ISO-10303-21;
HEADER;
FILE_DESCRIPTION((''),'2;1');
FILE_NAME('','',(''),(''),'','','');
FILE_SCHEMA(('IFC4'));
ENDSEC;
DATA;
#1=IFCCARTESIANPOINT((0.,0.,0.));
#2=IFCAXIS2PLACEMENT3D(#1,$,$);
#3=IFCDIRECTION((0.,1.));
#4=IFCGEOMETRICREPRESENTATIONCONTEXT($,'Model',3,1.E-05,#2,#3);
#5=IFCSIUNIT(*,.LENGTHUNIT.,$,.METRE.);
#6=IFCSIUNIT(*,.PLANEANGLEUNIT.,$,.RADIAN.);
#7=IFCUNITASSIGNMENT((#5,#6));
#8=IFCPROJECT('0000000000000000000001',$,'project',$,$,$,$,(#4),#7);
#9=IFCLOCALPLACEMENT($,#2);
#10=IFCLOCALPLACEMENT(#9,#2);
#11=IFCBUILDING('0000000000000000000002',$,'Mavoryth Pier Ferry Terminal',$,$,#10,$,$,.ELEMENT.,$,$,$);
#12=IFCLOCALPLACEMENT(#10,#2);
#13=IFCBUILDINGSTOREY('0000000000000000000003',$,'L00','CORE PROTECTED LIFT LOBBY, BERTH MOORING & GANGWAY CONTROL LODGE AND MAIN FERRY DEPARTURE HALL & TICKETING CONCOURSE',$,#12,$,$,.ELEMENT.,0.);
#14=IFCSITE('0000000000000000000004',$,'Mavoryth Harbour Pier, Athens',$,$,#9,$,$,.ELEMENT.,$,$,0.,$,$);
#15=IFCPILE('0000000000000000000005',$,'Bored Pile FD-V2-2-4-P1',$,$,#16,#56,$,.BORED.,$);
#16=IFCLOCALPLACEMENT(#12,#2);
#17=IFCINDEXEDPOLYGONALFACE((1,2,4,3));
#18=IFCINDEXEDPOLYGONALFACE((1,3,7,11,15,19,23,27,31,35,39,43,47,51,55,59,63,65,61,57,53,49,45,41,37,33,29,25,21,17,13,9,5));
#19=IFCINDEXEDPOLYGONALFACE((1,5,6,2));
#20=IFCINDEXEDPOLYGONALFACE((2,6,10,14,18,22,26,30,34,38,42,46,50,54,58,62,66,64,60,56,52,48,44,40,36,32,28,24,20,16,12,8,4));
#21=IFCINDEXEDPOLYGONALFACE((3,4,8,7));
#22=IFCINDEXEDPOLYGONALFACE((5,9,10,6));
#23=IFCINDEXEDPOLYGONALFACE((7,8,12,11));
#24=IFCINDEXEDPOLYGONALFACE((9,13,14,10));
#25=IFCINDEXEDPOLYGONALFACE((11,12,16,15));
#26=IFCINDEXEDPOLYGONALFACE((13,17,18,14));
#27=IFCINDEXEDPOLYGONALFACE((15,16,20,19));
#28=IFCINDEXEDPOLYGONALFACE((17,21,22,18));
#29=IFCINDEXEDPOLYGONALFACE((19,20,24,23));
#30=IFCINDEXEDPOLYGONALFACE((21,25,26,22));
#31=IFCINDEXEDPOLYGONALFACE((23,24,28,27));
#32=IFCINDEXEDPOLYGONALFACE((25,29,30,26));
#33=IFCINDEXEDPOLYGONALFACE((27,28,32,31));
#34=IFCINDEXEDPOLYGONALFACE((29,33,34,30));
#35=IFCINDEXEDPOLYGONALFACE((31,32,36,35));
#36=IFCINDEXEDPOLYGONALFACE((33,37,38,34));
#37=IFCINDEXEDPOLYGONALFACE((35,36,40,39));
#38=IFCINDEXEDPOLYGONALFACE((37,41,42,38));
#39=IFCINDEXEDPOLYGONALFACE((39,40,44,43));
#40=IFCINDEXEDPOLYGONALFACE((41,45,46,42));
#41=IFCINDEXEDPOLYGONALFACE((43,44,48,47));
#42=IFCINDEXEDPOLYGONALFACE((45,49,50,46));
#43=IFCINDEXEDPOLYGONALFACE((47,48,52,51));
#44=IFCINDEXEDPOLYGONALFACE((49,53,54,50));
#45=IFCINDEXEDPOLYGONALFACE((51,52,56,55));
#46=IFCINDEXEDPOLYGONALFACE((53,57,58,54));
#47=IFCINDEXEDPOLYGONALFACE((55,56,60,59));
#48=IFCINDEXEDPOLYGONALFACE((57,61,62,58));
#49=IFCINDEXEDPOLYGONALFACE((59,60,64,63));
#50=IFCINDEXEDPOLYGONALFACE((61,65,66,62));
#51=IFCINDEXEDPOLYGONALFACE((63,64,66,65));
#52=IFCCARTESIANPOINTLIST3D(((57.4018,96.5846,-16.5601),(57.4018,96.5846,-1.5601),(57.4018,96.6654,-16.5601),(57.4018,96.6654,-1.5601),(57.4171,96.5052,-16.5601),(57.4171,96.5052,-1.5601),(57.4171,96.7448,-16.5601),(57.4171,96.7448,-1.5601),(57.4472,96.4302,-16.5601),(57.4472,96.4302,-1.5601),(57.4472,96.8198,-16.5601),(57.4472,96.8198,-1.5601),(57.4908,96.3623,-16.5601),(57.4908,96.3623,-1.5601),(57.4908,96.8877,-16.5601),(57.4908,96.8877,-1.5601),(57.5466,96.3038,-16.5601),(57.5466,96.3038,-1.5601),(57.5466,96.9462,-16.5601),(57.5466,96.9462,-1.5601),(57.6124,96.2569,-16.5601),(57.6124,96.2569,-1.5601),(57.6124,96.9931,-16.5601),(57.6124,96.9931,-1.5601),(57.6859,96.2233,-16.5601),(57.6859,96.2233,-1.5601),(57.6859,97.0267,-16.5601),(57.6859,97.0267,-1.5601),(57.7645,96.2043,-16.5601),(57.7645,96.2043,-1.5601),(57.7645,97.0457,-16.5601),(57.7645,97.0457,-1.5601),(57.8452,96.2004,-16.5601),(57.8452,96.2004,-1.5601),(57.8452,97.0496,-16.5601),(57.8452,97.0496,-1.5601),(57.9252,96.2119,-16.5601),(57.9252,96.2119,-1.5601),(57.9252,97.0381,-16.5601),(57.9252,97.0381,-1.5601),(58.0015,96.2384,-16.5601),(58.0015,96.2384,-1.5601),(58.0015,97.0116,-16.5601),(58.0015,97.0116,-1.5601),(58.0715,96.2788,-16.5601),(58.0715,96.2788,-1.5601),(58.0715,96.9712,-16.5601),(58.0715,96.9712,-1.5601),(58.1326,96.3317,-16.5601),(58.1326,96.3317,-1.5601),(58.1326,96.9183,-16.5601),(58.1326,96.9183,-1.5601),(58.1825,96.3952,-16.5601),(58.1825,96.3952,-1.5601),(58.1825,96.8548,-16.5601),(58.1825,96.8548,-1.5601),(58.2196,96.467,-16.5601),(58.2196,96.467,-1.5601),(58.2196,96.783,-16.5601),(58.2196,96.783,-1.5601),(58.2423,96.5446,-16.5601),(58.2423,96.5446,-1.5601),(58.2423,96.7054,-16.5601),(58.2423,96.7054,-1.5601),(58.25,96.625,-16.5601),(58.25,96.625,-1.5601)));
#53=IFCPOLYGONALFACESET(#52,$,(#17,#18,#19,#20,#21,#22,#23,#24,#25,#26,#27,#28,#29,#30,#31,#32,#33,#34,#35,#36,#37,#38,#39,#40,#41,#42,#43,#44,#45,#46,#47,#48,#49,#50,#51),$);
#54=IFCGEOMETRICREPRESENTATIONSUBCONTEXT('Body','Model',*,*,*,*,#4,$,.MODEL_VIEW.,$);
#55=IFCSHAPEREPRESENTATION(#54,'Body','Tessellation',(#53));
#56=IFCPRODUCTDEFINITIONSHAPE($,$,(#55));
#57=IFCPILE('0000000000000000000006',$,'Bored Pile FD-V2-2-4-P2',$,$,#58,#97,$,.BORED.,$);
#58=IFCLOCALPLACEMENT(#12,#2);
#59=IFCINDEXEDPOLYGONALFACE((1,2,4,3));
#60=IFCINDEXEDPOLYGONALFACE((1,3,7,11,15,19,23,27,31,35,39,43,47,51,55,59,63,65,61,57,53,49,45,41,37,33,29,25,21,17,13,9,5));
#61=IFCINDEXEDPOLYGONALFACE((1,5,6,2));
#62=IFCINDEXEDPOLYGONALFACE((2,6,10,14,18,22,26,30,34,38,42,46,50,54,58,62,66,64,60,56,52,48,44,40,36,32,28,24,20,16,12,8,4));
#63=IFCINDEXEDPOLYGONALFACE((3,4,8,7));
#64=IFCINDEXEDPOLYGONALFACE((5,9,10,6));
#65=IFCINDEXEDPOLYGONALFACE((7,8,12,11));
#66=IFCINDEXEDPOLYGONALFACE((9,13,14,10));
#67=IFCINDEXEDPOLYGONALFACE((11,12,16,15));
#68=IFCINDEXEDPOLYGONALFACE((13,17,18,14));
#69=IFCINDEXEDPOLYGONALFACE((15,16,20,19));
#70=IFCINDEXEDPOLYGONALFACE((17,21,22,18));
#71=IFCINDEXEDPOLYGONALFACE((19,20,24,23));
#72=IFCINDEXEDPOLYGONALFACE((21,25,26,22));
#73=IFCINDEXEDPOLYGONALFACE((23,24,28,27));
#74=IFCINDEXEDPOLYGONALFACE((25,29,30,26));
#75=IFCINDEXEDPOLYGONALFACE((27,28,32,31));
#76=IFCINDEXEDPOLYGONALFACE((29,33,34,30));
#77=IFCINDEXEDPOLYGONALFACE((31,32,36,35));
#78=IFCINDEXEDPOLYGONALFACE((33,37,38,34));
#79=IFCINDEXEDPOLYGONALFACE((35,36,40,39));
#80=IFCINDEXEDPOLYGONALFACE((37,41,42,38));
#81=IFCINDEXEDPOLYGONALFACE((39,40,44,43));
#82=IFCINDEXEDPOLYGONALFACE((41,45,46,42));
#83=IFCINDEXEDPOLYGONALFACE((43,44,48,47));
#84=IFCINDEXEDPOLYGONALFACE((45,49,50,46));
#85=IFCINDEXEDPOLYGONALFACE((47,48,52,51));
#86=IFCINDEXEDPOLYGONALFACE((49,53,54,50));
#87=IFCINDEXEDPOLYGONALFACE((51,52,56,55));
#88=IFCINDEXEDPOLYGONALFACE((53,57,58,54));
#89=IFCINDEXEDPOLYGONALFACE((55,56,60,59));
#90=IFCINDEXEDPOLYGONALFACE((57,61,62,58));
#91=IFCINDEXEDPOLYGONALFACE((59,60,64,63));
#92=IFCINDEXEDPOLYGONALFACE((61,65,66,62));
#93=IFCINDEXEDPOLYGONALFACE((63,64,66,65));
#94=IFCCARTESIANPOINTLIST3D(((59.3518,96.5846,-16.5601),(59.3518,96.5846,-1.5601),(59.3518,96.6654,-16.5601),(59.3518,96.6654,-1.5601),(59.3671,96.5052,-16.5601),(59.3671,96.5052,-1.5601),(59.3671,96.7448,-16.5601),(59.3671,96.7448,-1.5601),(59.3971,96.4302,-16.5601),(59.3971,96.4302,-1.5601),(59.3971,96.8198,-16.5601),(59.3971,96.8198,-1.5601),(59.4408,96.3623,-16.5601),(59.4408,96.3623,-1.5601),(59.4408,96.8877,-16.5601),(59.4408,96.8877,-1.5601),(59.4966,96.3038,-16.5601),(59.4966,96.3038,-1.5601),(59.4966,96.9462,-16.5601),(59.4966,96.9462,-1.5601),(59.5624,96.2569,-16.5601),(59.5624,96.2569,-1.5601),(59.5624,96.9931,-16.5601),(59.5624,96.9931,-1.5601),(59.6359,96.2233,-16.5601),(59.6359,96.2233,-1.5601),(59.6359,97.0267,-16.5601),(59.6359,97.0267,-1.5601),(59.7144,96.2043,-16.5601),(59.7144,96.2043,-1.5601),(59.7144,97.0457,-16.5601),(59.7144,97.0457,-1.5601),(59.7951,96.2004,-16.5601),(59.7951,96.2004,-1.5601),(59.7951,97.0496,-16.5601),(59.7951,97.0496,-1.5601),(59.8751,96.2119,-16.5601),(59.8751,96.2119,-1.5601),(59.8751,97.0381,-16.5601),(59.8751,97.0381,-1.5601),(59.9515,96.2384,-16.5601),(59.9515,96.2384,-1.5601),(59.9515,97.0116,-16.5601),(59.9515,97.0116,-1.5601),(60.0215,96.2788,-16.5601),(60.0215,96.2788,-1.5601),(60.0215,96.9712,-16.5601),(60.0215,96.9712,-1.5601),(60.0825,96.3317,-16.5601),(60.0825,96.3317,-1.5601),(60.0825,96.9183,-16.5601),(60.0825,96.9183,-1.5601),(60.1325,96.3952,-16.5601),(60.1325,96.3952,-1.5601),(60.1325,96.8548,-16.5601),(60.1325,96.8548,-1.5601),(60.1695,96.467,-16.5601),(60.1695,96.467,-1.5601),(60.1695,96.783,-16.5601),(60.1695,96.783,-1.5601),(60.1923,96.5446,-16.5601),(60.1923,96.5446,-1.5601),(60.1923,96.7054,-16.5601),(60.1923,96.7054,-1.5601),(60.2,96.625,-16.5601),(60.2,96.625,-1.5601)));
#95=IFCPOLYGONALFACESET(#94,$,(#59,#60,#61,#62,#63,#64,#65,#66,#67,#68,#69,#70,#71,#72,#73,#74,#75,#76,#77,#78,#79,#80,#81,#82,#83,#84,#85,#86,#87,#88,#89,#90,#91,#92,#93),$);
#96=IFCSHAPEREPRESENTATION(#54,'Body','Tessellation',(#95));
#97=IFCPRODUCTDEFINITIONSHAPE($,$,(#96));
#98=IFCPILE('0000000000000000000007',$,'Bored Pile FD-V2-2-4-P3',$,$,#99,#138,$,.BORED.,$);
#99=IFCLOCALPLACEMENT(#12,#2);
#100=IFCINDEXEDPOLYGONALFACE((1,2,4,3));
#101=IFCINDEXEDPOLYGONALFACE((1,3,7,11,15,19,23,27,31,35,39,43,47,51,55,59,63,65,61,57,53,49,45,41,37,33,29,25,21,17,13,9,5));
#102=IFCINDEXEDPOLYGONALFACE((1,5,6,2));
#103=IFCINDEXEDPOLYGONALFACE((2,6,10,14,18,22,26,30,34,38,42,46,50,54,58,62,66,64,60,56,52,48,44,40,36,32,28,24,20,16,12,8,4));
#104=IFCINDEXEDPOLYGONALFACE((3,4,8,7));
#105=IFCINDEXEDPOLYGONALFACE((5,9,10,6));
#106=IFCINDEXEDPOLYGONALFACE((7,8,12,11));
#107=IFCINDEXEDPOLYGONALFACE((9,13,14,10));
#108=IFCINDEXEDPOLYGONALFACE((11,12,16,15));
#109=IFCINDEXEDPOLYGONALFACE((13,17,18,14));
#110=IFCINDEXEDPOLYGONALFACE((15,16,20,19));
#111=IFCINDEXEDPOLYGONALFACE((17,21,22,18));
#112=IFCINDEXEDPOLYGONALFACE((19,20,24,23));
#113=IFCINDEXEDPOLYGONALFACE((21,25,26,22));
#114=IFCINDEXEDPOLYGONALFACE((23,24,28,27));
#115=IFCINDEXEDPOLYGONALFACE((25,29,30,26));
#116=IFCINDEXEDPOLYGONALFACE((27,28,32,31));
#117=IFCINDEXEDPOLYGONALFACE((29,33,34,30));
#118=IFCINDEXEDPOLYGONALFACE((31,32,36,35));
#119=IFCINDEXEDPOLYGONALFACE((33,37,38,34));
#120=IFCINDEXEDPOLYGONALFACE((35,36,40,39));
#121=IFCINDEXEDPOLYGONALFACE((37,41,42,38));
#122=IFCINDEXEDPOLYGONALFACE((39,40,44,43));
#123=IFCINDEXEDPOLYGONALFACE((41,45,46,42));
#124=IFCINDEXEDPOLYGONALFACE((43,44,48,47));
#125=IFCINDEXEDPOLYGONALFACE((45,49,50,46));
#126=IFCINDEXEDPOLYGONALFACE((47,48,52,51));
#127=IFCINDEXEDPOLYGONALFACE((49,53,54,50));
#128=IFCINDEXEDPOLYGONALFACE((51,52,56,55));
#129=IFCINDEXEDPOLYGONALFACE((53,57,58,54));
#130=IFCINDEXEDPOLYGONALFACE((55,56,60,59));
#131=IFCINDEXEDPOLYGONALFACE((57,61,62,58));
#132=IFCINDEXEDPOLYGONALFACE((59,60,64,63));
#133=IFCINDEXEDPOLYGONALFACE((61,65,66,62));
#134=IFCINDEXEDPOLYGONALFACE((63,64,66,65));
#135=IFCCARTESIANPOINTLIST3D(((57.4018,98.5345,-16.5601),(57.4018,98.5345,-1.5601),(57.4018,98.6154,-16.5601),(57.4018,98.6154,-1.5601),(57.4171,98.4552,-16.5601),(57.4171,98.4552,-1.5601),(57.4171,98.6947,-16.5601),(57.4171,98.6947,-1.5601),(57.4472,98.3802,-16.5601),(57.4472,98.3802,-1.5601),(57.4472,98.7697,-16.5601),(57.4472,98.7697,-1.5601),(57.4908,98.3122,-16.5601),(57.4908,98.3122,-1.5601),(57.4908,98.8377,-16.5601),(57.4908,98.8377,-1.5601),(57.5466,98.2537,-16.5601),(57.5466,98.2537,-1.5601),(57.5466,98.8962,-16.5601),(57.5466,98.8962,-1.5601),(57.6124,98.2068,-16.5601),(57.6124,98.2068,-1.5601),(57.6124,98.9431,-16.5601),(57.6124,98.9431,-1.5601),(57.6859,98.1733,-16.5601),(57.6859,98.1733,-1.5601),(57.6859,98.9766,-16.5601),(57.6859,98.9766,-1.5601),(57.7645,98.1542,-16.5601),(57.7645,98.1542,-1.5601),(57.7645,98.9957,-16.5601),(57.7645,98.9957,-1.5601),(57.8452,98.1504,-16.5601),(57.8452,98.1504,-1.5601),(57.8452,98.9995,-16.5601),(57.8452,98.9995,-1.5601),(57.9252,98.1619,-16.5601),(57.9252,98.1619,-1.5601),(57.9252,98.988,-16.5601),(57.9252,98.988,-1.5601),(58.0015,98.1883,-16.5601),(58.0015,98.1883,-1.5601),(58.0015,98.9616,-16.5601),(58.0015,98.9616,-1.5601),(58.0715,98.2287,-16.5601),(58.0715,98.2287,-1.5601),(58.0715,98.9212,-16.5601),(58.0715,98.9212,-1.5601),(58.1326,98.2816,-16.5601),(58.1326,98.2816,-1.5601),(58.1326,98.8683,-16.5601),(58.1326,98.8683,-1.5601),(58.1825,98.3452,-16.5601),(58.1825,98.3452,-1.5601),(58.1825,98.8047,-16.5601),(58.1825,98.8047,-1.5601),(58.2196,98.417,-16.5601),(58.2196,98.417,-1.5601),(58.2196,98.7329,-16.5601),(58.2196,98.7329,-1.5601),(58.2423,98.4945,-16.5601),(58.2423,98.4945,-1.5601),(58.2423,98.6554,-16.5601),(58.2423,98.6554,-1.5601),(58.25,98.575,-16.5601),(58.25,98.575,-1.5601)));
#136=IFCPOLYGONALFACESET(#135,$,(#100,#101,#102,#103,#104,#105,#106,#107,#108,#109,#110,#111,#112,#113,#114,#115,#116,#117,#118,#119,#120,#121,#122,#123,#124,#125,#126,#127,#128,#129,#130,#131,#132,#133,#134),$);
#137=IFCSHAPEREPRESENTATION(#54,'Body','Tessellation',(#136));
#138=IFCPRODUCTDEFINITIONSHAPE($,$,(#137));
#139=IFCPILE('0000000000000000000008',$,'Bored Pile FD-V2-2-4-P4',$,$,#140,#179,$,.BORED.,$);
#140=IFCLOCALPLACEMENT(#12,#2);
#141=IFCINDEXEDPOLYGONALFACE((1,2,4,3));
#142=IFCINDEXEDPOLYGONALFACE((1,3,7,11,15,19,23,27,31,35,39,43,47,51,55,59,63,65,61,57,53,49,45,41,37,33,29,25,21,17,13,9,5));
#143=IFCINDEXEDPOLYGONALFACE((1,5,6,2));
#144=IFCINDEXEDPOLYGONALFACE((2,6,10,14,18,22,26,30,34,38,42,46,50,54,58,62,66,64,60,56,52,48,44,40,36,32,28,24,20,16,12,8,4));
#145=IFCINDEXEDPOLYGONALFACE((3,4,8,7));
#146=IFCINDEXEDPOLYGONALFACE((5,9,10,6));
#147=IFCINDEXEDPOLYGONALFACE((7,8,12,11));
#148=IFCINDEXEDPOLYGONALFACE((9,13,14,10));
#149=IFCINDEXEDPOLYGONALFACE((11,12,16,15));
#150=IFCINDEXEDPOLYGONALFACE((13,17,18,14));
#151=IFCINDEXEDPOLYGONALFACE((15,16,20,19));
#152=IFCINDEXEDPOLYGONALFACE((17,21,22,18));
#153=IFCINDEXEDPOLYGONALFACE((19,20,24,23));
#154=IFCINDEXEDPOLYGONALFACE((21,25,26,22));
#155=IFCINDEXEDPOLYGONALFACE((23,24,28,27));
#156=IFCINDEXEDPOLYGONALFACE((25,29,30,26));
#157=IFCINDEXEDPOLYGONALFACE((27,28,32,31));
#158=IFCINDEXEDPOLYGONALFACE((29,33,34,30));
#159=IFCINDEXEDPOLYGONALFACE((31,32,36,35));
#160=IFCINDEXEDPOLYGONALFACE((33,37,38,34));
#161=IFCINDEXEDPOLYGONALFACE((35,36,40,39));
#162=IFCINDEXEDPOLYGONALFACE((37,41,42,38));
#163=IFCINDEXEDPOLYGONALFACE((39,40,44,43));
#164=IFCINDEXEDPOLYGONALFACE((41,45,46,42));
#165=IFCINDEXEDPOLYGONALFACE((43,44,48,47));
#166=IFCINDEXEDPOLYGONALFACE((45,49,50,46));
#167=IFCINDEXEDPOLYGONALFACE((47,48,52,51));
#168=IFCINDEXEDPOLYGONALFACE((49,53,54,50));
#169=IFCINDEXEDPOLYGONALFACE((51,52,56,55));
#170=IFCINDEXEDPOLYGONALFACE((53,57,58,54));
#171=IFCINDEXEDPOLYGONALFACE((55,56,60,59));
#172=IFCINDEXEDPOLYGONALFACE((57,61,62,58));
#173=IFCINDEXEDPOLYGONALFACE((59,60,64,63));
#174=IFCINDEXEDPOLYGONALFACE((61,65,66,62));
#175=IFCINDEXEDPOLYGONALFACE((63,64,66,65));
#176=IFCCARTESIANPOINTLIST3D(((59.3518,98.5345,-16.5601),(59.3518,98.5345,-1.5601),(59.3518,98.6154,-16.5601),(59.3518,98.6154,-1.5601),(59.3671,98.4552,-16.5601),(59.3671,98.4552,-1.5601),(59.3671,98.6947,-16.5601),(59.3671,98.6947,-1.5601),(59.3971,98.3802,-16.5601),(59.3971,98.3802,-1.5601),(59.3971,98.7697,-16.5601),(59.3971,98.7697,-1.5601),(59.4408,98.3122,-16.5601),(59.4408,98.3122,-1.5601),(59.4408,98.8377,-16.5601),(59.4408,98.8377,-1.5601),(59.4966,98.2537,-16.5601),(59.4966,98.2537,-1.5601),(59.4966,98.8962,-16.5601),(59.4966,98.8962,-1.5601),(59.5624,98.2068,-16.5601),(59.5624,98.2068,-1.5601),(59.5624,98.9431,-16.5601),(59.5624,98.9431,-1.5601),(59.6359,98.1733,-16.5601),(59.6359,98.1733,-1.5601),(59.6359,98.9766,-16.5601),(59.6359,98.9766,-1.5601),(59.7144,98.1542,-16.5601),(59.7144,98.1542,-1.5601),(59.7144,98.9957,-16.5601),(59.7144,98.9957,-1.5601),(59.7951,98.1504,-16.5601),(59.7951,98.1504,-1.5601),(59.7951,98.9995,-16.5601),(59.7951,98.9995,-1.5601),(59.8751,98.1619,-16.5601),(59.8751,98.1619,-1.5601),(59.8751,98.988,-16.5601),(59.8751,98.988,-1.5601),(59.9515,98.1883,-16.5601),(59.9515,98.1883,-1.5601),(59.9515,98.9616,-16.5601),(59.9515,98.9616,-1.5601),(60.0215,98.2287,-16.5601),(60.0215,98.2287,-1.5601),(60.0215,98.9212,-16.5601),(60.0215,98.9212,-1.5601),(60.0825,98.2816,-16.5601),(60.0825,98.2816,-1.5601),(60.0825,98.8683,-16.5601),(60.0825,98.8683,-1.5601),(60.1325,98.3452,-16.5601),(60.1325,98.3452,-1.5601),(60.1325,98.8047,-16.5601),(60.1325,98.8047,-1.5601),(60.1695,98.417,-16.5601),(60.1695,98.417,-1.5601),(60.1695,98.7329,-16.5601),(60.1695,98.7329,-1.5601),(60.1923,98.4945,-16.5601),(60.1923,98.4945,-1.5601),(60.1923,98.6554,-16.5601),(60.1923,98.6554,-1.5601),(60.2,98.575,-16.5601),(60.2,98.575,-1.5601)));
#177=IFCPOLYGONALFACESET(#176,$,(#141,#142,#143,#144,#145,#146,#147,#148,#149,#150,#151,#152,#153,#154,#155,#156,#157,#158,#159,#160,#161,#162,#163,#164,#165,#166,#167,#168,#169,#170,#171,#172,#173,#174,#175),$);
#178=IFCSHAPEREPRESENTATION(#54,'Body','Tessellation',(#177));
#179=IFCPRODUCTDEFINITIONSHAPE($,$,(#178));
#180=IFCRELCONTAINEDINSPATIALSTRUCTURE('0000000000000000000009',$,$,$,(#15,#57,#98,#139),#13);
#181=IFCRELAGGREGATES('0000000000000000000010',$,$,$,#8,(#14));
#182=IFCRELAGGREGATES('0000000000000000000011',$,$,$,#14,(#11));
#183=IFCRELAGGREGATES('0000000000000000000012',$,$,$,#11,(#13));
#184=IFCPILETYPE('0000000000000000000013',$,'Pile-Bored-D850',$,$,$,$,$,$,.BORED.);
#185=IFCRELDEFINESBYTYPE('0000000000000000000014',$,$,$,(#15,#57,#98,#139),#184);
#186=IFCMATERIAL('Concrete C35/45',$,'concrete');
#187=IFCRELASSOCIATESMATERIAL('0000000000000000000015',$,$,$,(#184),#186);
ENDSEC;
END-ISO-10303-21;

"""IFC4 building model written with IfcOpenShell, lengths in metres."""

from ifc_helpers import new_model, si_unit, direction, frame, origin, origin_2d, place, context, subcontext, project, spatial, circle, extrude, material, material_profile, profile_set, type_object, element, save


model = new_model("IFC4")

# Units and contexts
model_context = context("Model", 3, precision=1e-05, world=origin(), true_north=direction((0.0, 1.0)))
body_context = subcontext(model_context, "Body", "Model", "MODEL_VIEW")
ifc_project = project(units=[si_unit("LENGTHUNIT", "METRE"), si_unit("PLANEANGLEUNIT", "RADIAN")], contexts=[model_context])

# Site, building, storey
site_placement = place(None, origin())
site = spatial("IfcSite", under=ifc_project, at=site_placement, Name="Mavoryth Harbour Pier, Athens", CompositionType="ELEMENT", RefElevation=0.0)
building_placement = place(site_placement, origin())
building = spatial("IfcBuilding", under=site, at=building_placement, Name="Mavoryth Pier Ferry Terminal", CompositionType="ELEMENT")
storey_placement = place(building_placement, origin())
storey = spatial("IfcBuildingStorey", under=building, at=storey_placement, Name="L00", Description="CORE PROTECTED LIFT LOBBY, BERTH MOORING & GANGWAY CONTROL LODGE AND MAIN FERRY DEPARTURE HALL & TICKETING CONCOURSE", CompositionType="ELEMENT", Elevation=0.0)

# Shared definitions
ifc_material_1 = material(Name="Concrete C35/45", Category="concrete")

# Piles
ifc_material_profile_1 = material_profile(ifc_material_1, circle(Radius=0.425, at=origin_2d()), Name="PILE D850", Category="concrete")
ifc_profile_set_1 = profile_set([ifc_material_profile_1], Name="Concrete C35/45 - PILE D850")
pile_type = type_object("IfcPileType", Name="Pile-Bored-D850", PredefinedType="BORED", material=ifc_profile_set_1)
for number, where, z_axis, x_axis, name in (
    (1, (57.825, 96.625, -1.5601), (0.0, 0.0, -1.0), (1.0, 0.0, 0.0), "Bored Pile FD-V2-2-4-P1"),
    (2, (59.7749, 96.625, -1.5601), (0.0, 0.0, -1.0), (1.0, 0.0, 0.0), "Bored Pile FD-V2-2-4-P2"),
    (3, (57.825, 98.575, -1.5601), (0.0, 0.0, -1.0), (1.0, 0.0, 0.0), "Bored Pile FD-V2-2-4-P3"),
    (4, (59.7749, 98.575, -1.5601), (0.0, 0.0, -1.0), (1.0, 0.0, 0.0), "Bored Pile FD-V2-2-4-P4"),
):
    element("IfcPile", number, at=place(storey_placement, frame(where, z_axis=z_axis, x_axis=x_axis)), inside=storey, type_object=pile_type, Name=name, PredefinedType="BORED", context=body_context, shape_type="SweptSolid", body=[
        extrude(circle(Radius=0.425, at=origin_2d()), origin(), (0.0, 0.0, 1.0), 15.0),
    ])

save(model, "model.ifc")
